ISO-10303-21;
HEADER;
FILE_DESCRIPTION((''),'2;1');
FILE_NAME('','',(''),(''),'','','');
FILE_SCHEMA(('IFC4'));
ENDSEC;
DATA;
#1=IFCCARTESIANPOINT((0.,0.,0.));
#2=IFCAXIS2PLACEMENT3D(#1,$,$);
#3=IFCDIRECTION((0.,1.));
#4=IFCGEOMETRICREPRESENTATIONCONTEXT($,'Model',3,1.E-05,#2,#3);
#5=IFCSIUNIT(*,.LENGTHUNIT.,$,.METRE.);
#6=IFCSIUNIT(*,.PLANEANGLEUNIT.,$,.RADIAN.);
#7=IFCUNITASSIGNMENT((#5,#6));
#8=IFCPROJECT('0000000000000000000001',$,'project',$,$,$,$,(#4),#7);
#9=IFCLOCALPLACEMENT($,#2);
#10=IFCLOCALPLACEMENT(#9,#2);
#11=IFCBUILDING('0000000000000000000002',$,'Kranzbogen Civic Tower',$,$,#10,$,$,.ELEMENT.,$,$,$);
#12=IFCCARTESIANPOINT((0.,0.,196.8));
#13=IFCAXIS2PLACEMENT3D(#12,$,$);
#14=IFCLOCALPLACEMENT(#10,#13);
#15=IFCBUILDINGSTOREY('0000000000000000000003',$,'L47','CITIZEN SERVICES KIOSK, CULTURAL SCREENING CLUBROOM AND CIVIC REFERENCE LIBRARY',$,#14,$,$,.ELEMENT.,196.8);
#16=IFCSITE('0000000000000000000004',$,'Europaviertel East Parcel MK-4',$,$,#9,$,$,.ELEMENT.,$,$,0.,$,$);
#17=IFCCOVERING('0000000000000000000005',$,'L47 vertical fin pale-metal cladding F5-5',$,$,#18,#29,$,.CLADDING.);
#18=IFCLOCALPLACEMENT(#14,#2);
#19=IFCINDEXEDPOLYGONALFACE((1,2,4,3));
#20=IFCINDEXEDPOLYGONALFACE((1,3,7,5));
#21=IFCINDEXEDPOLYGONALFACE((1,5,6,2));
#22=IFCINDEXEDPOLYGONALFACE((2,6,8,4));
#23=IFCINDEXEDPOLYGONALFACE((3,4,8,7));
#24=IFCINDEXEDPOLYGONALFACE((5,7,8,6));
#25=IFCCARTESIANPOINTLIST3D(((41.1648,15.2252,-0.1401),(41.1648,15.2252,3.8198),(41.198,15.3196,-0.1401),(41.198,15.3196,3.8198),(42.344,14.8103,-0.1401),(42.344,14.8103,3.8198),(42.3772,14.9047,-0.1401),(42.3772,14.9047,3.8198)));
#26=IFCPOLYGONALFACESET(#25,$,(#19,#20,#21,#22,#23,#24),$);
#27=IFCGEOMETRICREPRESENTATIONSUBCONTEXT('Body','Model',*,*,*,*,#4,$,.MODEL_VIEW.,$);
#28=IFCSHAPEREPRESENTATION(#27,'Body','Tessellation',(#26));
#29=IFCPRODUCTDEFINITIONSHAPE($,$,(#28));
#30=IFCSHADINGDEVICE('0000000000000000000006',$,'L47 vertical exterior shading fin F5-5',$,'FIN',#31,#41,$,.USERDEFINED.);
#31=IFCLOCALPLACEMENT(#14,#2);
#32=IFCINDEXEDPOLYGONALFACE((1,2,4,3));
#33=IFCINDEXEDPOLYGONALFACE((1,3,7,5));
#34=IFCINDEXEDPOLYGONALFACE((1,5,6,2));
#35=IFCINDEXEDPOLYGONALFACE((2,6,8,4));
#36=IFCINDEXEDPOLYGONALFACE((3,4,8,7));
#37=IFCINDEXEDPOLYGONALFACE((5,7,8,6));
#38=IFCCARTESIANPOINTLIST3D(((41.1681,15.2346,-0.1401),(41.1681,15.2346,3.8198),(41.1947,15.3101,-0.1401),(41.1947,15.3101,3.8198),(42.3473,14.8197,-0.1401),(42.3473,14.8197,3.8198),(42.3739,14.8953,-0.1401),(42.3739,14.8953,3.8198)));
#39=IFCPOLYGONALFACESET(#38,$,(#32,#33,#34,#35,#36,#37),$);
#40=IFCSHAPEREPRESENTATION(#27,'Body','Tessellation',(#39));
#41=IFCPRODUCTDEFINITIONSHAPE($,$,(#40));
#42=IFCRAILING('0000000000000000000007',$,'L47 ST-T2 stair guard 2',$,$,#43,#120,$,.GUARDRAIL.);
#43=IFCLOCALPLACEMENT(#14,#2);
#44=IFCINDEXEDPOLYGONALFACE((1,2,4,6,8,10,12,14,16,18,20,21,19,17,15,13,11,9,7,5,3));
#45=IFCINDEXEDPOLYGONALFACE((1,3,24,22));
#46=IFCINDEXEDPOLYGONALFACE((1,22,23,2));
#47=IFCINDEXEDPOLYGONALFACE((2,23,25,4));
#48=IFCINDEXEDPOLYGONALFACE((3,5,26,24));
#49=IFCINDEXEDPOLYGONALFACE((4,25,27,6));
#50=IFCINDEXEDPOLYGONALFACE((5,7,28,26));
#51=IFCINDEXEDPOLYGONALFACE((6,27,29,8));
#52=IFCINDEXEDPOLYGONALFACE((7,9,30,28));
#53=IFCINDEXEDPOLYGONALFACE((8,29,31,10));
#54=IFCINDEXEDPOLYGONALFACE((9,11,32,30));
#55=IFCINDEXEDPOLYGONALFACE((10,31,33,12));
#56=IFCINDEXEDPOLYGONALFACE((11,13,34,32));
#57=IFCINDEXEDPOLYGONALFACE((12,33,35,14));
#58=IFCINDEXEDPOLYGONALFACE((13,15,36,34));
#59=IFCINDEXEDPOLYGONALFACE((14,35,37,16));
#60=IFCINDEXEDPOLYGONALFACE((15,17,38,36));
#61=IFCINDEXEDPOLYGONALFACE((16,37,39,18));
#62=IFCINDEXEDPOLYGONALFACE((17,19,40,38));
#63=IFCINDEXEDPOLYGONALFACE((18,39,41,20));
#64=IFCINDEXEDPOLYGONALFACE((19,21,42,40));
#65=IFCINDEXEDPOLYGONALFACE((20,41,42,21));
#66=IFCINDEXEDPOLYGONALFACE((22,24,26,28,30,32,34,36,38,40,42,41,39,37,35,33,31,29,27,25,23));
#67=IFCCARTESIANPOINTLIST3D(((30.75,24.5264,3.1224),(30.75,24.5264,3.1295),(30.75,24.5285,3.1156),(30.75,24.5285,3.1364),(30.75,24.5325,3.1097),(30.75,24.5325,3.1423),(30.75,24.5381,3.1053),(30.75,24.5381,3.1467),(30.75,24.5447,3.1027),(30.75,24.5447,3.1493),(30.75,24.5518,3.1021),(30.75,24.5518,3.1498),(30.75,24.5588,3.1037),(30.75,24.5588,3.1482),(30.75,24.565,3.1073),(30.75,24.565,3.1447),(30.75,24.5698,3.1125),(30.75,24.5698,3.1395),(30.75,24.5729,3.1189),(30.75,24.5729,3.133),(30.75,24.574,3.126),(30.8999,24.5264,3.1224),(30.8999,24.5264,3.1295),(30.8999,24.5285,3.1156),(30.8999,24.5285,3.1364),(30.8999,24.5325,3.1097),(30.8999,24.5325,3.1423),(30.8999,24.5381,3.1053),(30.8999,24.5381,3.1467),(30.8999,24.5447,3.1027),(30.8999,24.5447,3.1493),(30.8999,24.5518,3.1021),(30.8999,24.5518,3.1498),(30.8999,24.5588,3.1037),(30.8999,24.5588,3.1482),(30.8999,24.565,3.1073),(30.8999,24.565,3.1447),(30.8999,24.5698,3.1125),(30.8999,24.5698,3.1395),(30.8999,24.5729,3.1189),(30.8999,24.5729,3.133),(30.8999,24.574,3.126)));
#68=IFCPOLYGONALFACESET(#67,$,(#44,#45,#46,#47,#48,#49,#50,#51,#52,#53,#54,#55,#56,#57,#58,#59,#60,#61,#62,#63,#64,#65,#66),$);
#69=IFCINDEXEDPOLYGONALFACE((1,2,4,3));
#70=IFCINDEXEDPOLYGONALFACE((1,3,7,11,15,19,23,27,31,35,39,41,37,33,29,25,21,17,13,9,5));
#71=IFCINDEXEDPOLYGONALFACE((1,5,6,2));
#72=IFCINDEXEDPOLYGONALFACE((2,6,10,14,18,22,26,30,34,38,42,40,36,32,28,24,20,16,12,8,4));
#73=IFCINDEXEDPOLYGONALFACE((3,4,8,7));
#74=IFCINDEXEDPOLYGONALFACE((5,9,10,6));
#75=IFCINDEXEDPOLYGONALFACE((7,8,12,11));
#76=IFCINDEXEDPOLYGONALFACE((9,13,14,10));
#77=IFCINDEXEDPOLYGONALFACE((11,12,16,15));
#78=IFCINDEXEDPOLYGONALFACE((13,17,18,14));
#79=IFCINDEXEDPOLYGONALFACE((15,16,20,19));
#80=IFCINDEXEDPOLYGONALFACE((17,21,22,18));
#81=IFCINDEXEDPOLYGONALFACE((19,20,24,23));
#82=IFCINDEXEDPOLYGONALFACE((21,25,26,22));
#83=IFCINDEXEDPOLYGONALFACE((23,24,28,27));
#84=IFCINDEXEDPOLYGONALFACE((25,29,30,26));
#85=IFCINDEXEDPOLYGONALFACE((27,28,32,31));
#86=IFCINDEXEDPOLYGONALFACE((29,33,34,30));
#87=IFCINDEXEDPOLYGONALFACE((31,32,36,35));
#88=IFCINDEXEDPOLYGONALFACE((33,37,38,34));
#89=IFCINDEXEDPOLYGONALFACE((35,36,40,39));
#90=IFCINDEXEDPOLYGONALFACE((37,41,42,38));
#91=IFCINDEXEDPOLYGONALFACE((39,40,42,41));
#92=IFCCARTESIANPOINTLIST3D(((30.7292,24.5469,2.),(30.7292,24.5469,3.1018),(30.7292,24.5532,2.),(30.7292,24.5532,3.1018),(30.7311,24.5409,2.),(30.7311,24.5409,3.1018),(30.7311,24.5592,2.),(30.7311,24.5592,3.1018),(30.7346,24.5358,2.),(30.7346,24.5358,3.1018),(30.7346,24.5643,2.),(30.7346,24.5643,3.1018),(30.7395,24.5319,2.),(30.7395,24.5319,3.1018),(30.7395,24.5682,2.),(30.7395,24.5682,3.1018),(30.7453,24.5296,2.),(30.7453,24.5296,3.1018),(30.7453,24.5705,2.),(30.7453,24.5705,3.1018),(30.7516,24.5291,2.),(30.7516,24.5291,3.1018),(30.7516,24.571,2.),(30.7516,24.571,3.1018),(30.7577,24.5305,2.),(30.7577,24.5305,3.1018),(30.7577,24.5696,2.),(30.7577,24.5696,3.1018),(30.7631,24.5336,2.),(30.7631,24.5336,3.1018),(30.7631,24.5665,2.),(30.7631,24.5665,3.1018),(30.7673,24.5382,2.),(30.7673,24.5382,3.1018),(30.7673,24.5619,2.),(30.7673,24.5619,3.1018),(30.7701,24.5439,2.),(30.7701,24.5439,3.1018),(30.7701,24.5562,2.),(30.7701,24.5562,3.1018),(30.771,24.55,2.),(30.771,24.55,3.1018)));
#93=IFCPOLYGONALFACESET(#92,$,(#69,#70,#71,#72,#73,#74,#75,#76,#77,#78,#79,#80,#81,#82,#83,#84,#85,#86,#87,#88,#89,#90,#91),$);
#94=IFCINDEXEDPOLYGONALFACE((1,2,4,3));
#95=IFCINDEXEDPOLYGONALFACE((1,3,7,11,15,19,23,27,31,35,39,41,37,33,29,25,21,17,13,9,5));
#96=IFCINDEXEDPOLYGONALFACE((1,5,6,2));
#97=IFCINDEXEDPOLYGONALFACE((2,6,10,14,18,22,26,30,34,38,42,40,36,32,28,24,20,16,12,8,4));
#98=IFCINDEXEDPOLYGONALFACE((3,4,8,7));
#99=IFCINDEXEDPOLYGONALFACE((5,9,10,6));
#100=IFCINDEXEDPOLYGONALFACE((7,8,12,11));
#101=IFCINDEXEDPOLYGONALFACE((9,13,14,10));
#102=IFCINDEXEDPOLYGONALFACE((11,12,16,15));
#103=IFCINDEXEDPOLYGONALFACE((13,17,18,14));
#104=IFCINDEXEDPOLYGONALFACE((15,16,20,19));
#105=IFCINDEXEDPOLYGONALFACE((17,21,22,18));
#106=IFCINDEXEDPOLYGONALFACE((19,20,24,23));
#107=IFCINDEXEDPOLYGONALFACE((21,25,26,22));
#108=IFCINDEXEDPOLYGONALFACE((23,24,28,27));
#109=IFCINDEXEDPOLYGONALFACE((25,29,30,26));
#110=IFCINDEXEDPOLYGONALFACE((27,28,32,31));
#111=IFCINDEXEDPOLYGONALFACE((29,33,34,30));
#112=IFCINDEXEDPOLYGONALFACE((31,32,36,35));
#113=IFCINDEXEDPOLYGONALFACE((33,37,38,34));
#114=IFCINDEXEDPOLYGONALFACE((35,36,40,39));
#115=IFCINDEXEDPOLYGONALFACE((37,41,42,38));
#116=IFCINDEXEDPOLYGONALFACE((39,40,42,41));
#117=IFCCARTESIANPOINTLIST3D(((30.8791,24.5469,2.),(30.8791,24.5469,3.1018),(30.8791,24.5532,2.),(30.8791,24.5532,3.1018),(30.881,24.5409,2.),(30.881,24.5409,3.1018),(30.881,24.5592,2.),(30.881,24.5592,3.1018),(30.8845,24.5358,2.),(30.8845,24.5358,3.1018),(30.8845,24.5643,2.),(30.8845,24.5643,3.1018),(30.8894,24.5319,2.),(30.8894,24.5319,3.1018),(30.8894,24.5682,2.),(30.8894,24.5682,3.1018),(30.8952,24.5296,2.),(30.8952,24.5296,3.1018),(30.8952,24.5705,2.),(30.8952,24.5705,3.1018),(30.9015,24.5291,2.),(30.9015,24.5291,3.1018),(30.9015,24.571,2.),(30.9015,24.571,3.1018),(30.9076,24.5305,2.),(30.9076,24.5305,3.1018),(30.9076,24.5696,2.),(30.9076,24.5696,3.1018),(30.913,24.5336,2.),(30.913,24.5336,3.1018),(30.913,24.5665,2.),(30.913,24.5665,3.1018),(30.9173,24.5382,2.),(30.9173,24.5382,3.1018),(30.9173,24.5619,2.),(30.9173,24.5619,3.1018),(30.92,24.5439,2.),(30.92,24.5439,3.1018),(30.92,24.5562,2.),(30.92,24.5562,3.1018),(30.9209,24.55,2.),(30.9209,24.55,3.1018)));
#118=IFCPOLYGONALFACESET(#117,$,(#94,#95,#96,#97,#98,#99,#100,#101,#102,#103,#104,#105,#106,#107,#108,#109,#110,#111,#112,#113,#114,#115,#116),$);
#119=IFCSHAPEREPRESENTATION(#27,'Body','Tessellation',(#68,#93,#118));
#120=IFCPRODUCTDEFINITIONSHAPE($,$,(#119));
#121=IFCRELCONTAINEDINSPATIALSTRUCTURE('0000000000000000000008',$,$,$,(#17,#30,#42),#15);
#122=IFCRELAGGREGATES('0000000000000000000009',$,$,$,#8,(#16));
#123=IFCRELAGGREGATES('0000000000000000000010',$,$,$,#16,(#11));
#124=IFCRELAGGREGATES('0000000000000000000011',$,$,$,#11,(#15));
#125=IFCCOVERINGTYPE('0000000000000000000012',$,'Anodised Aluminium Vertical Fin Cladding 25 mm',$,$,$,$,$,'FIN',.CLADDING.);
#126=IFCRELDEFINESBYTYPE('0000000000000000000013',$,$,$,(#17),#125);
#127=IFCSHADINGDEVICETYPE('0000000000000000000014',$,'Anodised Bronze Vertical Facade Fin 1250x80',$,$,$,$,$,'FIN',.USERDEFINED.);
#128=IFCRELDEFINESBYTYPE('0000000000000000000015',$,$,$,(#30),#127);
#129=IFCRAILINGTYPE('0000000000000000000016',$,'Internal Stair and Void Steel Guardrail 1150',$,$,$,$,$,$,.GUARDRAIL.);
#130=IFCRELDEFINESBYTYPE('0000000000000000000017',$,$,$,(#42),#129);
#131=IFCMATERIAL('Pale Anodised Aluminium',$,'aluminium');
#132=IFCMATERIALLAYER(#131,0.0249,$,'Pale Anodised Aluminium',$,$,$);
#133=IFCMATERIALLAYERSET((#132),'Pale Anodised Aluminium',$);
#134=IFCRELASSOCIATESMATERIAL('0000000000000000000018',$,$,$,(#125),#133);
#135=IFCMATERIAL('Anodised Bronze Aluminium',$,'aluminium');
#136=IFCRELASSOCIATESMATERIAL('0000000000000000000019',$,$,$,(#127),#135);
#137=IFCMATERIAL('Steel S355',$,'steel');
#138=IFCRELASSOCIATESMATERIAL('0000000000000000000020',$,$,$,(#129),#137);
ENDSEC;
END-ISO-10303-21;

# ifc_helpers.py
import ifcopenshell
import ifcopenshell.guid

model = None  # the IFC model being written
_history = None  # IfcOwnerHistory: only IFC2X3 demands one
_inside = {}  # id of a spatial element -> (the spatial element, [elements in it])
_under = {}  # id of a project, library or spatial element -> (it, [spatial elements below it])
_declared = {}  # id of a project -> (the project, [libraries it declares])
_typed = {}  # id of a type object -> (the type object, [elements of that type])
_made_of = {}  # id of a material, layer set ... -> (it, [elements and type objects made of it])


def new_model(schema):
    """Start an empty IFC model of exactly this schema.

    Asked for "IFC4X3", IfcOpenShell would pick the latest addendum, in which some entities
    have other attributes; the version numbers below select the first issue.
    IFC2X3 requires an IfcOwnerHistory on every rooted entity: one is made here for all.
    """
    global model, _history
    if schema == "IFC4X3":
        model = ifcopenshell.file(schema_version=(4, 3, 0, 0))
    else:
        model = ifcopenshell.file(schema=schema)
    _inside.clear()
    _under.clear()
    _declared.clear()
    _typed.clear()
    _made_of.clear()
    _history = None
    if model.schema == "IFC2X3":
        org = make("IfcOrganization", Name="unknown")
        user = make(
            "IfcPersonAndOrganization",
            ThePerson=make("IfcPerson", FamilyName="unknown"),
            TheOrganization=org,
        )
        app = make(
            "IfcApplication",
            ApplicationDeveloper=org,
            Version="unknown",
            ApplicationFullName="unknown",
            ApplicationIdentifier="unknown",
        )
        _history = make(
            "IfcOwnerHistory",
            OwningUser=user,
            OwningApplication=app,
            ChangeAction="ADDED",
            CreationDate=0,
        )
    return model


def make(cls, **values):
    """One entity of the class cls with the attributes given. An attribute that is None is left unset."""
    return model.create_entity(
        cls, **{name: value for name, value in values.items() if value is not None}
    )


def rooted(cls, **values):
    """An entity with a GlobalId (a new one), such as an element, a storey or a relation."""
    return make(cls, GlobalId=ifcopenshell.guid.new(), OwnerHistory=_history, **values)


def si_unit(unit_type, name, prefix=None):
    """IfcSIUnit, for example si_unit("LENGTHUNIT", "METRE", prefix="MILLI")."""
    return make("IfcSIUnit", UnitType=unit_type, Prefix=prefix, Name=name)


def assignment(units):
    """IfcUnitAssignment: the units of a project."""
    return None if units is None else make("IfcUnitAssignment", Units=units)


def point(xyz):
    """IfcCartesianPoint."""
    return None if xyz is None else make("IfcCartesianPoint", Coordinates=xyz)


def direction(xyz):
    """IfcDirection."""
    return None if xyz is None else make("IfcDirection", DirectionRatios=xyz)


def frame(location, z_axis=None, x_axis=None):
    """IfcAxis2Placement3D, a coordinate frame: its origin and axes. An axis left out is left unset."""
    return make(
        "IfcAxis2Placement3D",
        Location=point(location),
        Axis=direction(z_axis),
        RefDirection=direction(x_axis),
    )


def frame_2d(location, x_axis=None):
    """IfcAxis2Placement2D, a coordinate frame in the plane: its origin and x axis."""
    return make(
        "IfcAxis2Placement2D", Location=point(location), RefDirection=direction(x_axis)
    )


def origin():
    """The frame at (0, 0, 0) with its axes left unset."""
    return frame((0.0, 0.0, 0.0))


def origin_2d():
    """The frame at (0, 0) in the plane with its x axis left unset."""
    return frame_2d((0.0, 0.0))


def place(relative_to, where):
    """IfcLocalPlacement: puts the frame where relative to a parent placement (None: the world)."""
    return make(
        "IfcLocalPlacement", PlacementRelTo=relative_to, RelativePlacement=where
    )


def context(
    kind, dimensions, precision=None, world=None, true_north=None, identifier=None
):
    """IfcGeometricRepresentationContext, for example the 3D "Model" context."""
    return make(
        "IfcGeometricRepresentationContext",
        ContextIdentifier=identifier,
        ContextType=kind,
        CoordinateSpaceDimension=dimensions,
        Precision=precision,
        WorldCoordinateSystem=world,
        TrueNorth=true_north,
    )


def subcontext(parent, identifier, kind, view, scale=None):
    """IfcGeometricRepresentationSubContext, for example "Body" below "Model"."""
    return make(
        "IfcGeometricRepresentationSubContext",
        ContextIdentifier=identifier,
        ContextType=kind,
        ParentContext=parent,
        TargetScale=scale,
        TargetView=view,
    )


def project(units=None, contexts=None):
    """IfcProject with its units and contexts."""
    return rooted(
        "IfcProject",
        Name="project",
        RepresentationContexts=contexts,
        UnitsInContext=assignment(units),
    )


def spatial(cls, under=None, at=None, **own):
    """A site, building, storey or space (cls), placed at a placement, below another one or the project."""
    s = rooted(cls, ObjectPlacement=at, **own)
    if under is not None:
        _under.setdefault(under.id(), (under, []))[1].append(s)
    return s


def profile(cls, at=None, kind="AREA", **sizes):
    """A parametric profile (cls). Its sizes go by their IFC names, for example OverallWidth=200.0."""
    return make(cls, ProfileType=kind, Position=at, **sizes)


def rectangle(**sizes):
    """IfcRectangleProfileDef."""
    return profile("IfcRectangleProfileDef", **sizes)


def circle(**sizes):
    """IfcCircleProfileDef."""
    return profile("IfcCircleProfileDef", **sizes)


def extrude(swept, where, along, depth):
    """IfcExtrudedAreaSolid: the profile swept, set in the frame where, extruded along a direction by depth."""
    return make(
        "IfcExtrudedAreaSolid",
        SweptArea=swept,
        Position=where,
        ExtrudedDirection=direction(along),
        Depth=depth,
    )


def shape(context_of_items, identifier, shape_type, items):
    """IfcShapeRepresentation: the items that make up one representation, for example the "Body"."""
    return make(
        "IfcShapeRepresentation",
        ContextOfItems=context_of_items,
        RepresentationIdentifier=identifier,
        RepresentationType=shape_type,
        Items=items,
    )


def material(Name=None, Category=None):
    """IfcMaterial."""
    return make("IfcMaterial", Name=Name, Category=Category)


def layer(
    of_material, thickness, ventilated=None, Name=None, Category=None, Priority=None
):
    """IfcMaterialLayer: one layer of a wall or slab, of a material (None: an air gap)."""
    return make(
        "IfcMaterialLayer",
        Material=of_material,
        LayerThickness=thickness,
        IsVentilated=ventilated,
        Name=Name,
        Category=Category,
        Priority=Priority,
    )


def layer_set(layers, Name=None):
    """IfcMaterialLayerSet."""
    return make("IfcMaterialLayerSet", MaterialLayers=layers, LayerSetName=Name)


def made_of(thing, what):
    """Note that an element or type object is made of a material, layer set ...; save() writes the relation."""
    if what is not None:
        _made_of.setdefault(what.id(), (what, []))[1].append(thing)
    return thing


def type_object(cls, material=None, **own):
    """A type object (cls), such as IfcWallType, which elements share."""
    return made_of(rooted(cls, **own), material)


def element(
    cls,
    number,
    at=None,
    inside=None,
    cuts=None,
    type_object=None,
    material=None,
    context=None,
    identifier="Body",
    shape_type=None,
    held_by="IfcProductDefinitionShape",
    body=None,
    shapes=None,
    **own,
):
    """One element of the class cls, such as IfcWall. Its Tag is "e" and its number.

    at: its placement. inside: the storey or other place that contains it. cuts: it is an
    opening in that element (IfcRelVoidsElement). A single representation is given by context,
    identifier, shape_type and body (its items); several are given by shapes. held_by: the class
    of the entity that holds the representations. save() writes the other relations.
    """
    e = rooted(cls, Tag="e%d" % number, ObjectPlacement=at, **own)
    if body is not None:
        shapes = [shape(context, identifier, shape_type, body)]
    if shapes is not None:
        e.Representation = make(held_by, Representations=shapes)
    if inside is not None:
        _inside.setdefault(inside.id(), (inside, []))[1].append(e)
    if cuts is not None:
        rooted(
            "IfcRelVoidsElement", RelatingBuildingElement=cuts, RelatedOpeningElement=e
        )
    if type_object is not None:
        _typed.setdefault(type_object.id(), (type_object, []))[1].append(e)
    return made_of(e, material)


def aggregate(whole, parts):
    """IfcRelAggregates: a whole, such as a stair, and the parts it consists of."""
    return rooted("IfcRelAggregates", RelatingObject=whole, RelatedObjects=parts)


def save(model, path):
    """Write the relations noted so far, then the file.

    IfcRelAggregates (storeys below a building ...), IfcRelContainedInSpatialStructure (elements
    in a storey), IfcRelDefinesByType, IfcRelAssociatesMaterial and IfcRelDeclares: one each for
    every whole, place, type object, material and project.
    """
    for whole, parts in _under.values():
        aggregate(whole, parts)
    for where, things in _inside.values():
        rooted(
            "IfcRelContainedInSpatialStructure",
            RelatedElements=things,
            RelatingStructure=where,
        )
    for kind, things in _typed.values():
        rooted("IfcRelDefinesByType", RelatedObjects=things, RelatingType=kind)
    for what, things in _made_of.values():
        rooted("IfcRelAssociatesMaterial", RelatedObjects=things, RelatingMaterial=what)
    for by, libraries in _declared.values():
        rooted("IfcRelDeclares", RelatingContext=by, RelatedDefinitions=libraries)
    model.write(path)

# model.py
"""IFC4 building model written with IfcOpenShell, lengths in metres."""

from ifc_helpers import new_model, si_unit, direction, frame, origin, origin_2d, place, context, subcontext, project, spatial, rectangle, circle, extrude, material, layer, layer_set, type_object, element, save


model = new_model("IFC4")

# Units and contexts
model_context = context("Model", 3, precision=1e-05, world=origin(), true_north=direction((0.0, 1.0)))
body_context = subcontext(model_context, "Body", "Model", "MODEL_VIEW")
ifc_project = project(units=[si_unit("LENGTHUNIT", "METRE"), si_unit("PLANEANGLEUNIT", "RADIAN")], contexts=[model_context])

# Site, building, storey
site_placement = place(None, origin())
site = spatial("IfcSite", under=ifc_project, at=site_placement, Name="Europaviertel East Parcel MK-4", CompositionType="ELEMENT", RefElevation=0.0)
building_placement = place(site_placement, origin())
building = spatial("IfcBuilding", under=site, at=building_placement, Name="Kranzbogen Civic Tower", CompositionType="ELEMENT")
storey_placement = place(building_placement, frame((0.0, 0.0, 196.8)))
storey = spatial("IfcBuildingStorey", under=building, at=storey_placement, Name="L47", Description="CITIZEN SERVICES KIOSK, CULTURAL SCREENING CLUBROOM AND CIVIC REFERENCE LIBRARY", CompositionType="ELEMENT", Elevation=196.8)

# Shared definitions
ifc_material_1 = material(Name="Steel S355", Category="steel")

# Shared definitions
ifc_material_2 = material(Name="Pale Anodised Aluminium", Category="aluminium")

# Covering
ifc_layer_1 = layer(ifc_material_2, 0.0249, Name="Pale Anodised Aluminium")
ifc_layer_set_1 = layer_set([ifc_layer_1], Name="Pale Anodised Aluminium")
covering_type = type_object("IfcCoveringType", Name="Anodised Aluminium Vertical Fin Cladding 25 mm", ElementType="FIN", PredefinedType="CLADDING", material=ifc_layer_set_1)
covering_placement = place(storey_placement, frame((41.771, 15.0649, -0.1401), z_axis=(0.0, 0.0, 1.0), x_axis=(0.943315, -0.331898, 0.0)))
element("IfcCovering", 1, at=covering_placement, inside=storey, type_object=covering_type, Name="L47 vertical fin pale-metal cladding F5-5", PredefinedType="CLADDING", context=body_context, shape_type="SweptSolid", body=[
    extrude(rectangle(XDim=1.25, YDim=0.1001, at=origin_2d()), origin(), (0.0, 0.0, 1.0), 3.96),
])

# Shading device
ifc_material_3 = material(Name="Anodised Bronze Aluminium", Category="aluminium")
shading_device_type = type_object("IfcShadingDeviceType", Name="Anodised Bronze Vertical Facade Fin 1250x80", ElementType="FIN", PredefinedType="USERDEFINED", material=ifc_material_3)
shading_device_placement = place(storey_placement, frame((41.771, 15.0649, -0.1401), z_axis=(0.0, 0.0, 1.0), x_axis=(0.943315, -0.331898, 0.0)))
element("IfcShadingDevice", 2, at=shading_device_placement, inside=storey, type_object=shading_device_type, Name="L47 vertical exterior shading fin F5-5", ObjectType="FIN", PredefinedType="USERDEFINED", context=body_context, shape_type="SweptSolid", body=[
    extrude(rectangle(XDim=1.25, YDim=0.0801, at=origin_2d()), origin(), (0.0, 0.0, 1.0), 3.96),
])

# Railing
railing_type_1 = type_object("IfcRailingType", Name="Internal Stair and Void Steel Guardrail 1150", PredefinedType="GUARDRAIL", material=ifc_material_1)
railing_1_placement = place(storey_placement, frame((30.75, 24.55, 2.0)))
element("IfcRailing", 3, at=railing_1_placement, inside=storey, type_object=railing_type_1, Name="L47 ST-T2 stair guard 2", PredefinedType="GUARDRAIL", context=body_context, shape_type="SweptSolid", body=[
    extrude(circle(Radius=0.0239, at=origin_2d()), frame((0.0, 0.0, 1.126), z_axis=(1.0, 0.0, 0.0), x_axis=(0.0, 1.0, 0.0)), (0.0, 0.0, 1.0), 0.1499),
    extrude(circle(Radius=0.021, at=origin_2d()), origin(), (0.0, 0.0, 1.0), 1.1018),
    extrude(circle(Radius=0.021, at=origin_2d()), frame((0.1499, 0.0, 0.0)), (0.0, 0.0, 1.0), 1.1018),
])

save(model, "model.ifc")
